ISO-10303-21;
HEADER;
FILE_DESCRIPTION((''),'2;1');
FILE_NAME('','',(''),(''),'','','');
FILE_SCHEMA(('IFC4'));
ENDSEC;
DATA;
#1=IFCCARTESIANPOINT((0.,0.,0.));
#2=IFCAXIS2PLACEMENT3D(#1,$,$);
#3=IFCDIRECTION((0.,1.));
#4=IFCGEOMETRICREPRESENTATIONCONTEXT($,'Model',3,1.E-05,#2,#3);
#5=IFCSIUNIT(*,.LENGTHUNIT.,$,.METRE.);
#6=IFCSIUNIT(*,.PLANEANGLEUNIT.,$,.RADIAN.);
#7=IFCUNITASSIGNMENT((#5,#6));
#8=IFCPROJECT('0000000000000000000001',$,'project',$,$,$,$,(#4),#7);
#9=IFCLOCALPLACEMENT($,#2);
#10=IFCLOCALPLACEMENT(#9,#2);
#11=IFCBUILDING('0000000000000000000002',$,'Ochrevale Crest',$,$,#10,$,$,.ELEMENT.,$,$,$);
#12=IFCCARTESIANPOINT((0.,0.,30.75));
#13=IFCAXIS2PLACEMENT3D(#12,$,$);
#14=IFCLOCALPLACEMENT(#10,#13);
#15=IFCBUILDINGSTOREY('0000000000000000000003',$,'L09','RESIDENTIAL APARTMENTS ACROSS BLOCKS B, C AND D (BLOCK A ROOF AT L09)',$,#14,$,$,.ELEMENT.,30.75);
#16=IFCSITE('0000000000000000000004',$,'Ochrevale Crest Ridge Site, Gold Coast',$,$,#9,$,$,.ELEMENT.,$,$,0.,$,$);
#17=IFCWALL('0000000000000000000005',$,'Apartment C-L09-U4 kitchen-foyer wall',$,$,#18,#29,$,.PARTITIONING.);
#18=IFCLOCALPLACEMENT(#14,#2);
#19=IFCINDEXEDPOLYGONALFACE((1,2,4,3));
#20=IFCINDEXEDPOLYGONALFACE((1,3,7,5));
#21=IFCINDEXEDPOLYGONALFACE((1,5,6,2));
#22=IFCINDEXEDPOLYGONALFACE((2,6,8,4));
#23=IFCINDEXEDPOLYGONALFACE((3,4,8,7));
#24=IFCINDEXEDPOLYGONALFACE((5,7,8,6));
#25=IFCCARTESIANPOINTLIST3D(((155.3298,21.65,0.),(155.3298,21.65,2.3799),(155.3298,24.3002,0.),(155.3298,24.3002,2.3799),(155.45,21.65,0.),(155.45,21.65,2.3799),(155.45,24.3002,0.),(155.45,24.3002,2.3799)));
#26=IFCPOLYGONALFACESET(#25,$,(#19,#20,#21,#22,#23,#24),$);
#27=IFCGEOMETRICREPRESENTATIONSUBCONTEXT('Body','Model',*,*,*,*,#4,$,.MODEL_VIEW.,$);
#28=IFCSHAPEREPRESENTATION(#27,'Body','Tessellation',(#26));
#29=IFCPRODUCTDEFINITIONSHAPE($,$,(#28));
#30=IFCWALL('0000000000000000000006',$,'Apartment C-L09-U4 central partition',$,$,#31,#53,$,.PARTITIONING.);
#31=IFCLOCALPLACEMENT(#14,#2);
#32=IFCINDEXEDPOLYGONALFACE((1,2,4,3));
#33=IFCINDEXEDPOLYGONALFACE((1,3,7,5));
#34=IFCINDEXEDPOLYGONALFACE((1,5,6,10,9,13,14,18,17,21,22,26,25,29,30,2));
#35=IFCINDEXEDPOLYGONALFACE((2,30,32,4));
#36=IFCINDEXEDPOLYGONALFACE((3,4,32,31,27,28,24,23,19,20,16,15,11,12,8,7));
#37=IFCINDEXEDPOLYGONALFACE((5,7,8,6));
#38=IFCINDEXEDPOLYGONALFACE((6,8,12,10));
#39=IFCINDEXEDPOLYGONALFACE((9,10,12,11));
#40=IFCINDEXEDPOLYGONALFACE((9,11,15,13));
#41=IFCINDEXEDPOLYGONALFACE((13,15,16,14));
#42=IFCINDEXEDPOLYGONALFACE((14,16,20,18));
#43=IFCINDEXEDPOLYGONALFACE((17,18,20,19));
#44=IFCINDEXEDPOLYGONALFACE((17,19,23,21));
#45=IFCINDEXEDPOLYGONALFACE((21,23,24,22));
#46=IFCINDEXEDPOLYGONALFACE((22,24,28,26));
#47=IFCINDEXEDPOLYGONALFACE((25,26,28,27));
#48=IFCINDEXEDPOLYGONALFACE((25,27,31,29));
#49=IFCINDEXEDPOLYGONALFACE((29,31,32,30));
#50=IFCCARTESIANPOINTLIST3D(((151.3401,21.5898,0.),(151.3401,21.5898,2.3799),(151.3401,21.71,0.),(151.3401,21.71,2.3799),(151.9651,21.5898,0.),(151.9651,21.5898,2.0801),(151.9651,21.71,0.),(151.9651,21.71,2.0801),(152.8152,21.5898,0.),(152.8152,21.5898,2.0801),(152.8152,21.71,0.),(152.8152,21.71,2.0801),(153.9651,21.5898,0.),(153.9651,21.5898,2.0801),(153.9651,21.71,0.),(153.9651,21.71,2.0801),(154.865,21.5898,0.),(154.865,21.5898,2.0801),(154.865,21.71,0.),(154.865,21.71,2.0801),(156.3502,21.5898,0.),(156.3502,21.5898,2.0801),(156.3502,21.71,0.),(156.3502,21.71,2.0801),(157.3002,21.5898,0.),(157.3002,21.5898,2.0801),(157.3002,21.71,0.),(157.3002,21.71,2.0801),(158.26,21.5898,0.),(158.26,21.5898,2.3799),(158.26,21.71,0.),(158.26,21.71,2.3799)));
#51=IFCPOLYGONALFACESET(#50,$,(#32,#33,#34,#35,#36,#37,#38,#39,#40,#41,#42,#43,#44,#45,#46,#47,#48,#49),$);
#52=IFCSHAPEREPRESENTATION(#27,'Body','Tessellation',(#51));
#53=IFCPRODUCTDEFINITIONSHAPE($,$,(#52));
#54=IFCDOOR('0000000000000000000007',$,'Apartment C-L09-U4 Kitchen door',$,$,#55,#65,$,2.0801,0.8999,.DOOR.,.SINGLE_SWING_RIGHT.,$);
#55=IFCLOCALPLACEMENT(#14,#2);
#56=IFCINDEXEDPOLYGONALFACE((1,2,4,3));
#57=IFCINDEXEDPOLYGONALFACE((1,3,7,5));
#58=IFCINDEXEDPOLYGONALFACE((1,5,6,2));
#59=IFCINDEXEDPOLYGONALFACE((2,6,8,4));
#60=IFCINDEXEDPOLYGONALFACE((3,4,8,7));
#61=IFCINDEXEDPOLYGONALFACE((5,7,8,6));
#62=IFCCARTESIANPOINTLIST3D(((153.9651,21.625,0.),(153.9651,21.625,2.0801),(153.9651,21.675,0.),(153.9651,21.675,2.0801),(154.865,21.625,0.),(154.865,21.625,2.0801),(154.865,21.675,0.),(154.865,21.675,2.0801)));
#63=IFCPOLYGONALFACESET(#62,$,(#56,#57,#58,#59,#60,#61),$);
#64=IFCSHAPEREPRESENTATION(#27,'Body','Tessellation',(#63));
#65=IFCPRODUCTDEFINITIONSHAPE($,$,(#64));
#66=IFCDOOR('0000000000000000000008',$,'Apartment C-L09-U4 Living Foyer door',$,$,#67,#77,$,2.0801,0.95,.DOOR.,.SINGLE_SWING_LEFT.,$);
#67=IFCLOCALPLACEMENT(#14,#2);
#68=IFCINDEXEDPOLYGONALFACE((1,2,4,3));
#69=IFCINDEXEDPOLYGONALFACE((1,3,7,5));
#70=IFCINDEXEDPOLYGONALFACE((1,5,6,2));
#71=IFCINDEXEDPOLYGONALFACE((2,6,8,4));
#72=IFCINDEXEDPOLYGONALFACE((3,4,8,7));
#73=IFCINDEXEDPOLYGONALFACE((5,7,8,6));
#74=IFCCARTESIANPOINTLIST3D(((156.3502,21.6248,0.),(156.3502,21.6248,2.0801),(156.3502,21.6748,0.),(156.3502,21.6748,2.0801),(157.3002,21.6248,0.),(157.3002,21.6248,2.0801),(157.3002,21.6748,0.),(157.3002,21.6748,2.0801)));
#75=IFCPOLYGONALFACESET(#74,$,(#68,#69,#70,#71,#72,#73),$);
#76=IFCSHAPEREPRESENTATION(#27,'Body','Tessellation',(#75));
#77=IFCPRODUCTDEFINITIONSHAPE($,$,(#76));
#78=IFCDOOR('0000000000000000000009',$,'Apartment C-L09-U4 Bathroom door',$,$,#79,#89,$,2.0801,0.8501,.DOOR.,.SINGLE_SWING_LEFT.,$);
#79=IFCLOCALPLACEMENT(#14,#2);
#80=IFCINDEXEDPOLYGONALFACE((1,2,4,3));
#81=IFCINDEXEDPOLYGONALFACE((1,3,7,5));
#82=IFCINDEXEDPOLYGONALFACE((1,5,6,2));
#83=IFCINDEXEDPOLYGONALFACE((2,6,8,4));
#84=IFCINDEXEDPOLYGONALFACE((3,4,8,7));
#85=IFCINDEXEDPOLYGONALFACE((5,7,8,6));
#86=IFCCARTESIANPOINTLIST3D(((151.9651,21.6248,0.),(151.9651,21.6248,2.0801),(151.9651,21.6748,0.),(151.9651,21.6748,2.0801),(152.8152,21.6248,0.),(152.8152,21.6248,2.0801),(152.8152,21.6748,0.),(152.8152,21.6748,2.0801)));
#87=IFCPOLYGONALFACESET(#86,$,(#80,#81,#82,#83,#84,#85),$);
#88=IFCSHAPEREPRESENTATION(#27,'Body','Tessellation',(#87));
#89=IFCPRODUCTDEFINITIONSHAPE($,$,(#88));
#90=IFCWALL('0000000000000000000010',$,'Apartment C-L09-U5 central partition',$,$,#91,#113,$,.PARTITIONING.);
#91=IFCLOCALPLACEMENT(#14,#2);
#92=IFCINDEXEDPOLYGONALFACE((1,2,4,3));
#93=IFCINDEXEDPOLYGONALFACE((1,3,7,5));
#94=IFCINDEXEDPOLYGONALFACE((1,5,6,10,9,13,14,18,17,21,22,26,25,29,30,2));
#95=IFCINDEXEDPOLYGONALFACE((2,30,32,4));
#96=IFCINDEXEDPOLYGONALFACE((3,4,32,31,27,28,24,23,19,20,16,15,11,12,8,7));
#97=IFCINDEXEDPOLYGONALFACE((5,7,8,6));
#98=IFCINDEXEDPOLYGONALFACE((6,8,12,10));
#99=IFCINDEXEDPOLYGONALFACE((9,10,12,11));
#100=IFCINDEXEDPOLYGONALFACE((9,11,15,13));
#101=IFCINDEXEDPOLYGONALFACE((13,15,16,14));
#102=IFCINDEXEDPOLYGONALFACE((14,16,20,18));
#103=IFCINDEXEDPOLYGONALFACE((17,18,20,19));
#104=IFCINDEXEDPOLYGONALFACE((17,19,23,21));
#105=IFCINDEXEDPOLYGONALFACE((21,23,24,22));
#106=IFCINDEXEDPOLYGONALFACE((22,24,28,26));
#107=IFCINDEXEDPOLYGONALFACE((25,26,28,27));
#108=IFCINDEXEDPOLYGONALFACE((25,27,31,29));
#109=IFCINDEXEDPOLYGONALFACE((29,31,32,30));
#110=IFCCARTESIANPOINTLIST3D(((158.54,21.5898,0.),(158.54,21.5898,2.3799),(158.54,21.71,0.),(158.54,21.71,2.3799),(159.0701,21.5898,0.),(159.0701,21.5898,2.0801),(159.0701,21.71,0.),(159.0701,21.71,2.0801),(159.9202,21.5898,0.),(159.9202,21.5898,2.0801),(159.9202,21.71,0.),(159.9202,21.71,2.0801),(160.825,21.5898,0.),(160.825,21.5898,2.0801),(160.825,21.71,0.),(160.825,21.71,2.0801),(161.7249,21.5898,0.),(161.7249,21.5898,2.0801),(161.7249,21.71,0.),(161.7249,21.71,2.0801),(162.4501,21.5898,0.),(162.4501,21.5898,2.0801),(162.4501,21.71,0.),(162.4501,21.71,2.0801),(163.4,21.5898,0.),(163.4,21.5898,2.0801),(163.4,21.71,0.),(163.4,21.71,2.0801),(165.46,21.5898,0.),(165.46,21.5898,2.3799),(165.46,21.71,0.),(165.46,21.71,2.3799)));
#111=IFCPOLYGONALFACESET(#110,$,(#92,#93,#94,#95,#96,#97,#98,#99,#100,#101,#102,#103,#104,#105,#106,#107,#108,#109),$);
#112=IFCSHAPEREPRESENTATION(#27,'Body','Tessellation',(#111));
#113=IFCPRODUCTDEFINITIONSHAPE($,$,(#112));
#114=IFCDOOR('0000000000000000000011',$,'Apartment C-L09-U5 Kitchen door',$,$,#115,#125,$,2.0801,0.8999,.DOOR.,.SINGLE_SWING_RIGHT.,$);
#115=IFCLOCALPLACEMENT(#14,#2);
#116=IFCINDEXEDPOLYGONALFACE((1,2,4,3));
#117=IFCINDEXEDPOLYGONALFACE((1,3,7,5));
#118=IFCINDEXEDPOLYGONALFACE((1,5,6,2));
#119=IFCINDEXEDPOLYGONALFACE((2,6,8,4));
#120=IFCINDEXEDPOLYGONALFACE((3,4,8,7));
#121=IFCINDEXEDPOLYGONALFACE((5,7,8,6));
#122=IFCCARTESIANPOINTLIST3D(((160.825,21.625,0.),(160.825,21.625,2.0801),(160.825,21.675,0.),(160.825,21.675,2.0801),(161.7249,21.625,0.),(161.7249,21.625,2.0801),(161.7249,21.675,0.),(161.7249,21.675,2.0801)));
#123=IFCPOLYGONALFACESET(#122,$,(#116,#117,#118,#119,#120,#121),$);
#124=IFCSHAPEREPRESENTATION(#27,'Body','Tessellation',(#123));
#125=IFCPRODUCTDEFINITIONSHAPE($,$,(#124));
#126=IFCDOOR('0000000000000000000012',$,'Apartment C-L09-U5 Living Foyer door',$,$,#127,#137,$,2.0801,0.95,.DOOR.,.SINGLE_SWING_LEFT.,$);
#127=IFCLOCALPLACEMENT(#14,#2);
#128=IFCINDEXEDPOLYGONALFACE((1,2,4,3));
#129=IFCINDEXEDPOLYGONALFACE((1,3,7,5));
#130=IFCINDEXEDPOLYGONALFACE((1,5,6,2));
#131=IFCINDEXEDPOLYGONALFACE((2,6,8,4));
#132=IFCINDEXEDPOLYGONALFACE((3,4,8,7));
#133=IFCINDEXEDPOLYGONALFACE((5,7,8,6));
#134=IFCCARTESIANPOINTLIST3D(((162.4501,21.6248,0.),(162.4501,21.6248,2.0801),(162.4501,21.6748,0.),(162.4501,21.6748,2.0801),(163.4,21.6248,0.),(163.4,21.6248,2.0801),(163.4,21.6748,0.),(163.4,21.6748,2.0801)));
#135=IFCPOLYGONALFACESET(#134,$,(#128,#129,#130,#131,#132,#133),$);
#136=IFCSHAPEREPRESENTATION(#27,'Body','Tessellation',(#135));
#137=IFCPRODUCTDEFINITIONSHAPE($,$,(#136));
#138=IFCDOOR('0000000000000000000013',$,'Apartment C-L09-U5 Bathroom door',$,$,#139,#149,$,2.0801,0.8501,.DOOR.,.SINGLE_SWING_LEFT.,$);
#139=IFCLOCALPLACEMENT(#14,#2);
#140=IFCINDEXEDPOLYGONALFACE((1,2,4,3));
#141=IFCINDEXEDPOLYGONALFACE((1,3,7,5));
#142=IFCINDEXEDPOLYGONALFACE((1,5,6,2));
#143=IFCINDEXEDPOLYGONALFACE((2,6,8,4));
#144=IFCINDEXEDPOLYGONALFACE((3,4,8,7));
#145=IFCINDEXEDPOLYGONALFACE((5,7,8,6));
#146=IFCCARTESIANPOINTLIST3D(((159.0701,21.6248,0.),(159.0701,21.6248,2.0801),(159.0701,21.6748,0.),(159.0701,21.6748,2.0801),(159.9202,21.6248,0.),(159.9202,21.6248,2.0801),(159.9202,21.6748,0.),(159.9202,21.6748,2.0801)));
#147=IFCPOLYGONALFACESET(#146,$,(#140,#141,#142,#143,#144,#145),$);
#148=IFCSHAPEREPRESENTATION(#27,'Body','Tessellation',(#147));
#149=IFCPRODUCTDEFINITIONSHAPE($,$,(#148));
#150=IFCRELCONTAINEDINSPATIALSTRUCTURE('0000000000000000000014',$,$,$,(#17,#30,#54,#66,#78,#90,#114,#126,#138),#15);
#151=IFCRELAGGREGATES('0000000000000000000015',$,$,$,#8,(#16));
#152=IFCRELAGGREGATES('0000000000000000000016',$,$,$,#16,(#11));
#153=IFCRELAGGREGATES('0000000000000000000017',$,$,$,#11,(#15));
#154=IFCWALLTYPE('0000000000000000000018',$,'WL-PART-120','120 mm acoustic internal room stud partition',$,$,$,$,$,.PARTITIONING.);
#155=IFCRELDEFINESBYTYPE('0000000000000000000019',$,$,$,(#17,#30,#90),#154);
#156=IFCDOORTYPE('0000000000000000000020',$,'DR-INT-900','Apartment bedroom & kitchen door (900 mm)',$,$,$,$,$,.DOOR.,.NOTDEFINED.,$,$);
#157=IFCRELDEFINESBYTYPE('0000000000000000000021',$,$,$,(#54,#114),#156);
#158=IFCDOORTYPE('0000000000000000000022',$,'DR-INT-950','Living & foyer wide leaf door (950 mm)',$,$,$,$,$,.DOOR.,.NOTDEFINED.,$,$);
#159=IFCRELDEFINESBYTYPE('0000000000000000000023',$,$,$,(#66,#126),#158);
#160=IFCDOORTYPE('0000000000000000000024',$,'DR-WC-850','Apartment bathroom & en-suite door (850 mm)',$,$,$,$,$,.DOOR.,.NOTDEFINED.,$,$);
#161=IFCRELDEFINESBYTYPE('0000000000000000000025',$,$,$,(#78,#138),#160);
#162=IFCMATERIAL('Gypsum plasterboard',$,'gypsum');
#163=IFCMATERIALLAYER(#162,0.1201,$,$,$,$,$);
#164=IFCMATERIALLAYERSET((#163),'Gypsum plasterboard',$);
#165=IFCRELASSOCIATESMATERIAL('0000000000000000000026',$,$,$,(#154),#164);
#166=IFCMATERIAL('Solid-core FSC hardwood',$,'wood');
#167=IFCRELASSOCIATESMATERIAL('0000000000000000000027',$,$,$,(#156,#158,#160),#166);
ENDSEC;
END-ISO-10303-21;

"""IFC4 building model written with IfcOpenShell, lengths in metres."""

from ifc_helpers import new_model, si_unit, direction, frame, frame_2d, origin, place, context, subcontext, project, spatial, rectangle, extrude, material, layer, layer_set, type_object, element, fill, save


model = new_model("IFC4")

# Units and contexts
model_context = context("Model", 3, precision=1e-05, world=origin(), true_north=direction((0.0, 1.0)))
body_context = subcontext(model_context, "Body", "Model", "MODEL_VIEW")
ifc_project = project(units=[si_unit("LENGTHUNIT", "METRE"), si_unit("PLANEANGLEUNIT", "RADIAN")], contexts=[model_context])

# Site, building, storey
site_placement = place(None, origin())
site = spatial("IfcSite", under=ifc_project, at=site_placement, Name="Ochrevale Crest Ridge Site, Gold Coast", CompositionType="ELEMENT", RefElevation=0.0)
building_placement = place(site_placement, origin())
building = spatial("IfcBuilding", under=site, at=building_placement, Name="Ochrevale Crest", CompositionType="ELEMENT")
storey_placement = place(building_placement, frame((0.0, 0.0, 30.75)))
storey = spatial("IfcBuildingStorey", under=building, at=storey_placement, Name="L09", Description="RESIDENTIAL APARTMENTS ACROSS BLOCKS B, C AND D (BLOCK A ROOF AT L09)", CompositionType="ELEMENT", Elevation=30.75)

# Shared definitions
ifc_material_1 = material(Name="Gypsum plasterboard", Category="gypsum")
ifc_material_2 = material(Name="Solid-core FSC hardwood", Category="wood")

# Wall
ifc_layer_1 = layer(ifc_material_1, 0.1201)
ifc_layer_set_1 = layer_set([ifc_layer_1], Name="Gypsum plasterboard")
wall_type_1 = type_object("IfcWallType", Name="WL-PART-120", Description="120 mm acoustic internal room stud partition", PredefinedType="PARTITIONING", material=ifc_layer_set_1)
wall_1_placement = place(storey_placement, frame((155.3899, 21.6499, 0.0), z_axis=(0.0, 0.0, 1.0), x_axis=(0.0, 1.0, 0.0)))
element("IfcWall", 1, at=wall_1_placement, inside=storey, type_object=wall_type_1, Name="Apartment C-L09-U4 kitchen-foyer wall", PredefinedType="PARTITIONING", context=body_context, shape_type="SweptSolid", body=[
    extrude(rectangle(XDim=2.6501, YDim=0.1201, at=frame_2d((1.3252, 0.0))), origin(), (0.0, 0.0, 1.0), 2.3799),
])

# Walls, openings, doors
wall_2_placement = place(storey_placement, frame((151.3401, 21.6499, 0.0), z_axis=(0.0, 0.0, 1.0), x_axis=(1.0, 0.0, 0.0)))
wall_2 = element("IfcWall", 2, at=wall_2_placement, inside=storey, type_object=wall_type_1, Name="Apartment C-L09-U4 central partition", PredefinedType="PARTITIONING", context=body_context, shape_type="SweptSolid", body=[
    extrude(rectangle(XDim=6.9199, YDim=0.1201, at=frame_2d((3.46, 0.0))), origin(), (0.0, 0.0, 1.0), 2.3799),
])
opening_1_placement = place(wall_2_placement, frame((0.625, 0.0, 0.0)))
opening_1 = element("IfcOpeningElement", 3, at=opening_1_placement, cuts=wall_2, PredefinedType="OPENING", context=body_context, shape_type="SweptSolid", body=[
    extrude(rectangle(XDim=0.8501, YDim=2.0801, at=frame_2d((0.425, 1.04))), frame((0.0, 0.0701, 0.0), z_axis=(0.0, -1.0, 0.0), x_axis=(1.0, 0.0, 0.0)), (0.0, 0.0, 1.0), 0.1401),
])
opening_2_placement = place(wall_2_placement, frame((3.5249, 0.0, 0.0), z_axis=(0.0, 0.0, 1.0), x_axis=(-1.0, 0.0, 0.0)))
opening_2 = element("IfcOpeningElement", 4, at=opening_2_placement, cuts=wall_2, PredefinedType="OPENING", context=body_context, shape_type="SweptSolid", body=[
    extrude(rectangle(XDim=0.8999, YDim=2.0801, at=frame_2d((0.45, 1.04))), frame((0.0, 0.0701, 0.0), z_axis=(0.0, -1.0, 0.0), x_axis=(1.0, 0.0, 0.0)), (0.0, 0.0, 1.0), 0.1401),
])
opening_3_placement = place(wall_2_placement, frame((5.01, 0.0, 0.0)))
opening_3 = element("IfcOpeningElement", 5, at=opening_3_placement, cuts=wall_2, PredefinedType="OPENING", context=body_context, shape_type="SweptSolid", body=[
    extrude(rectangle(XDim=0.95, YDim=2.0801, at=frame_2d((0.4751, 1.04))), frame((0.0, 0.0701, 0.0), z_axis=(0.0, -1.0, 0.0), x_axis=(1.0, 0.0, 0.0)), (0.0, 0.0, 1.0), 0.1401),
])
door_type_1 = type_object("IfcDoorType", Name="DR-INT-900", Description="Apartment bedroom & kitchen door (900 mm)", OperationType="NOTDEFINED", PredefinedType="DOOR", material=ifc_material_2)
door_1_placement = place(opening_2_placement, origin())
door_1 = element("IfcDoor", 6, at=door_1_placement, inside=storey, type_object=door_type_1, Name="Apartment C-L09-U4 Kitchen door", OperationType="SINGLE_SWING_RIGHT", OverallHeight=2.0801, OverallWidth=0.8999, PredefinedType="DOOR", context=body_context, shape_type="SweptSolid", body=[
    extrude(rectangle(XDim=0.8999, YDim=2.0801, at=frame_2d((0.45, 1.04))), frame((0.0, 0.0249, 0.0), z_axis=(0.0, -1.0, 0.0), x_axis=(1.0, 0.0, 0.0)), (0.0, 0.0, 1.0), 0.05),
])
fill(opening_2, door_1)
door_type_2 = type_object("IfcDoorType", Name="DR-INT-950", Description="Living & foyer wide leaf door (950 mm)", OperationType="NOTDEFINED", PredefinedType="DOOR", material=ifc_material_2)
door_2_placement = place(opening_3_placement, origin())
door_2 = element("IfcDoor", 7, at=door_2_placement, inside=storey, type_object=door_type_2, Name="Apartment C-L09-U4 Living Foyer door", OperationType="SINGLE_SWING_LEFT", OverallHeight=2.0801, OverallWidth=0.95, PredefinedType="DOOR", context=body_context, shape_type="SweptSolid", body=[
    extrude(rectangle(XDim=0.95, YDim=2.0801, at=frame_2d((0.4751, 1.04))), frame((0.0, 0.0249, 0.0), z_axis=(0.0, -1.0, 0.0), x_axis=(1.0, 0.0, 0.0)), (0.0, 0.0, 1.0), 0.05),
])
fill(opening_3, door_2)
door_type_3 = type_object("IfcDoorType", Name="DR-WC-850", Description="Apartment bathroom & en-suite door (850 mm)", OperationType="NOTDEFINED", PredefinedType="DOOR", material=ifc_material_2)
door_3_placement = place(opening_1_placement, origin())
door_3 = element("IfcDoor", 8, at=door_3_placement, inside=storey, type_object=door_type_3, Name="Apartment C-L09-U4 Bathroom door", OperationType="SINGLE_SWING_LEFT", OverallHeight=2.0801, OverallWidth=0.8501, PredefinedType="DOOR", context=body_context, shape_type="SweptSolid", body=[
    extrude(rectangle(XDim=0.8501, YDim=2.0801, at=frame_2d((0.425, 1.04))), frame((0.0, 0.0249, 0.0), z_axis=(0.0, -1.0, 0.0), x_axis=(1.0, 0.0, 0.0)), (0.0, 0.0, 1.0), 0.05),
])
fill(opening_1, door_3)
wall_3_placement = place(storey_placement, frame((158.54, 21.6499, 0.0), z_axis=(0.0, 0.0, 1.0), x_axis=(1.0, 0.0, 0.0)))
wall_3 = element("IfcWall", 9, at=wall_3_placement, inside=storey, type_object=wall_type_1, Name="Apartment C-L09-U5 central partition", PredefinedType="PARTITIONING", context=body_context, shape_type="SweptSolid", body=[
    extrude(rectangle(XDim=6.9199, YDim=0.1201, at=frame_2d((3.46, 0.0))), origin(), (0.0, 0.0, 1.0), 2.3799),
])
opening_4_placement = place(wall_3_placement, frame((0.53, 0.0, 0.0)))
opening_4 = element("IfcOpeningElement", 10, at=opening_4_placement, cuts=wall_3, PredefinedType="OPENING", context=body_context, shape_type="SweptSolid", body=[
    extrude(rectangle(XDim=0.8501, YDim=2.0801, at=frame_2d((0.425, 1.04))), frame((0.0, 0.0701, 0.0), z_axis=(0.0, -1.0, 0.0), x_axis=(1.0, 0.0, 0.0)), (0.0, 0.0, 1.0), 0.1401),
])
opening_5_placement = place(wall_3_placement, frame((3.1848, 0.0, 0.0), z_axis=(0.0, 0.0, 1.0), x_axis=(-1.0, 0.0, 0.0)))
opening_5 = element("IfcOpeningElement", 11, at=opening_5_placement, cuts=wall_3, PredefinedType="OPENING", context=body_context, shape_type="SweptSolid", body=[
    extrude(rectangle(XDim=0.8999, YDim=2.0801, at=frame_2d((0.45, 1.04))), frame((0.0, 0.0701, 0.0), z_axis=(0.0, -1.0, 0.0), x_axis=(1.0, 0.0, 0.0)), (0.0, 0.0, 1.0), 0.1401),
])
opening_6_placement = place(wall_3_placement, frame((3.9099, 0.0, 0.0)))
opening_6 = element("IfcOpeningElement", 12, at=opening_6_placement, cuts=wall_3, PredefinedType="OPENING", context=body_context, shape_type="SweptSolid", body=[
    extrude(rectangle(XDim=0.95, YDim=2.0801, at=frame_2d((0.4751, 1.04))), frame((0.0, 0.0701, 0.0), z_axis=(0.0, -1.0, 0.0), x_axis=(1.0, 0.0, 0.0)), (0.0, 0.0, 1.0), 0.1401),
])
door_4_placement = place(opening_5_placement, origin())
door_4 = element("IfcDoor", 13, at=door_4_placement, inside=storey, type_object=door_type_1, Name="Apartment C-L09-U5 Kitchen door", OperationType="SINGLE_SWING_RIGHT", OverallHeight=2.0801, OverallWidth=0.8999, PredefinedType="DOOR", context=body_context, shape_type="SweptSolid", body=[
    extrude(rectangle(XDim=0.8999, YDim=2.0801, at=frame_2d((0.45, 1.04))), frame((0.0, 0.0249, 0.0), z_axis=(0.0, -1.0, 0.0), x_axis=(1.0, 0.0, 0.0)), (0.0, 0.0, 1.0), 0.05),
])
fill(opening_5, door_4)
door_5_placement = place(opening_6_placement, origin())
door_5 = element("IfcDoor", 14, at=door_5_placement, inside=storey, type_object=door_type_2, Name="Apartment C-L09-U5 Living Foyer door", OperationType="SINGLE_SWING_LEFT", OverallHeight=2.0801, OverallWidth=0.95, PredefinedType="DOOR", context=body_context, shape_type="SweptSolid", body=[
    extrude(rectangle(XDim=0.95, YDim=2.0801, at=frame_2d((0.4751, 1.04))), frame((0.0, 0.0249, 0.0), z_axis=(0.0, -1.0, 0.0), x_axis=(1.0, 0.0, 0.0)), (0.0, 0.0, 1.0), 0.05),
])
fill(opening_6, door_5)
door_6_placement = place(opening_4_placement, origin())
door_6 = element("IfcDoor", 15, at=door_6_placement, inside=storey, type_object=door_type_3, Name="Apartment C-L09-U5 Bathroom door", OperationType="SINGLE_SWING_LEFT", OverallHeight=2.0801, OverallWidth=0.8501, PredefinedType="DOOR", context=body_context, shape_type="SweptSolid", body=[
    extrude(rectangle(XDim=0.8501, YDim=2.0801, at=frame_2d((0.425, 1.04))), frame((0.0, 0.0249, 0.0), z_axis=(0.0, -1.0, 0.0), x_axis=(1.0, 0.0, 0.0)), (0.0, 0.0, 1.0), 0.05),
])
fill(opening_4, door_6)

save(model, "model.ifc")
